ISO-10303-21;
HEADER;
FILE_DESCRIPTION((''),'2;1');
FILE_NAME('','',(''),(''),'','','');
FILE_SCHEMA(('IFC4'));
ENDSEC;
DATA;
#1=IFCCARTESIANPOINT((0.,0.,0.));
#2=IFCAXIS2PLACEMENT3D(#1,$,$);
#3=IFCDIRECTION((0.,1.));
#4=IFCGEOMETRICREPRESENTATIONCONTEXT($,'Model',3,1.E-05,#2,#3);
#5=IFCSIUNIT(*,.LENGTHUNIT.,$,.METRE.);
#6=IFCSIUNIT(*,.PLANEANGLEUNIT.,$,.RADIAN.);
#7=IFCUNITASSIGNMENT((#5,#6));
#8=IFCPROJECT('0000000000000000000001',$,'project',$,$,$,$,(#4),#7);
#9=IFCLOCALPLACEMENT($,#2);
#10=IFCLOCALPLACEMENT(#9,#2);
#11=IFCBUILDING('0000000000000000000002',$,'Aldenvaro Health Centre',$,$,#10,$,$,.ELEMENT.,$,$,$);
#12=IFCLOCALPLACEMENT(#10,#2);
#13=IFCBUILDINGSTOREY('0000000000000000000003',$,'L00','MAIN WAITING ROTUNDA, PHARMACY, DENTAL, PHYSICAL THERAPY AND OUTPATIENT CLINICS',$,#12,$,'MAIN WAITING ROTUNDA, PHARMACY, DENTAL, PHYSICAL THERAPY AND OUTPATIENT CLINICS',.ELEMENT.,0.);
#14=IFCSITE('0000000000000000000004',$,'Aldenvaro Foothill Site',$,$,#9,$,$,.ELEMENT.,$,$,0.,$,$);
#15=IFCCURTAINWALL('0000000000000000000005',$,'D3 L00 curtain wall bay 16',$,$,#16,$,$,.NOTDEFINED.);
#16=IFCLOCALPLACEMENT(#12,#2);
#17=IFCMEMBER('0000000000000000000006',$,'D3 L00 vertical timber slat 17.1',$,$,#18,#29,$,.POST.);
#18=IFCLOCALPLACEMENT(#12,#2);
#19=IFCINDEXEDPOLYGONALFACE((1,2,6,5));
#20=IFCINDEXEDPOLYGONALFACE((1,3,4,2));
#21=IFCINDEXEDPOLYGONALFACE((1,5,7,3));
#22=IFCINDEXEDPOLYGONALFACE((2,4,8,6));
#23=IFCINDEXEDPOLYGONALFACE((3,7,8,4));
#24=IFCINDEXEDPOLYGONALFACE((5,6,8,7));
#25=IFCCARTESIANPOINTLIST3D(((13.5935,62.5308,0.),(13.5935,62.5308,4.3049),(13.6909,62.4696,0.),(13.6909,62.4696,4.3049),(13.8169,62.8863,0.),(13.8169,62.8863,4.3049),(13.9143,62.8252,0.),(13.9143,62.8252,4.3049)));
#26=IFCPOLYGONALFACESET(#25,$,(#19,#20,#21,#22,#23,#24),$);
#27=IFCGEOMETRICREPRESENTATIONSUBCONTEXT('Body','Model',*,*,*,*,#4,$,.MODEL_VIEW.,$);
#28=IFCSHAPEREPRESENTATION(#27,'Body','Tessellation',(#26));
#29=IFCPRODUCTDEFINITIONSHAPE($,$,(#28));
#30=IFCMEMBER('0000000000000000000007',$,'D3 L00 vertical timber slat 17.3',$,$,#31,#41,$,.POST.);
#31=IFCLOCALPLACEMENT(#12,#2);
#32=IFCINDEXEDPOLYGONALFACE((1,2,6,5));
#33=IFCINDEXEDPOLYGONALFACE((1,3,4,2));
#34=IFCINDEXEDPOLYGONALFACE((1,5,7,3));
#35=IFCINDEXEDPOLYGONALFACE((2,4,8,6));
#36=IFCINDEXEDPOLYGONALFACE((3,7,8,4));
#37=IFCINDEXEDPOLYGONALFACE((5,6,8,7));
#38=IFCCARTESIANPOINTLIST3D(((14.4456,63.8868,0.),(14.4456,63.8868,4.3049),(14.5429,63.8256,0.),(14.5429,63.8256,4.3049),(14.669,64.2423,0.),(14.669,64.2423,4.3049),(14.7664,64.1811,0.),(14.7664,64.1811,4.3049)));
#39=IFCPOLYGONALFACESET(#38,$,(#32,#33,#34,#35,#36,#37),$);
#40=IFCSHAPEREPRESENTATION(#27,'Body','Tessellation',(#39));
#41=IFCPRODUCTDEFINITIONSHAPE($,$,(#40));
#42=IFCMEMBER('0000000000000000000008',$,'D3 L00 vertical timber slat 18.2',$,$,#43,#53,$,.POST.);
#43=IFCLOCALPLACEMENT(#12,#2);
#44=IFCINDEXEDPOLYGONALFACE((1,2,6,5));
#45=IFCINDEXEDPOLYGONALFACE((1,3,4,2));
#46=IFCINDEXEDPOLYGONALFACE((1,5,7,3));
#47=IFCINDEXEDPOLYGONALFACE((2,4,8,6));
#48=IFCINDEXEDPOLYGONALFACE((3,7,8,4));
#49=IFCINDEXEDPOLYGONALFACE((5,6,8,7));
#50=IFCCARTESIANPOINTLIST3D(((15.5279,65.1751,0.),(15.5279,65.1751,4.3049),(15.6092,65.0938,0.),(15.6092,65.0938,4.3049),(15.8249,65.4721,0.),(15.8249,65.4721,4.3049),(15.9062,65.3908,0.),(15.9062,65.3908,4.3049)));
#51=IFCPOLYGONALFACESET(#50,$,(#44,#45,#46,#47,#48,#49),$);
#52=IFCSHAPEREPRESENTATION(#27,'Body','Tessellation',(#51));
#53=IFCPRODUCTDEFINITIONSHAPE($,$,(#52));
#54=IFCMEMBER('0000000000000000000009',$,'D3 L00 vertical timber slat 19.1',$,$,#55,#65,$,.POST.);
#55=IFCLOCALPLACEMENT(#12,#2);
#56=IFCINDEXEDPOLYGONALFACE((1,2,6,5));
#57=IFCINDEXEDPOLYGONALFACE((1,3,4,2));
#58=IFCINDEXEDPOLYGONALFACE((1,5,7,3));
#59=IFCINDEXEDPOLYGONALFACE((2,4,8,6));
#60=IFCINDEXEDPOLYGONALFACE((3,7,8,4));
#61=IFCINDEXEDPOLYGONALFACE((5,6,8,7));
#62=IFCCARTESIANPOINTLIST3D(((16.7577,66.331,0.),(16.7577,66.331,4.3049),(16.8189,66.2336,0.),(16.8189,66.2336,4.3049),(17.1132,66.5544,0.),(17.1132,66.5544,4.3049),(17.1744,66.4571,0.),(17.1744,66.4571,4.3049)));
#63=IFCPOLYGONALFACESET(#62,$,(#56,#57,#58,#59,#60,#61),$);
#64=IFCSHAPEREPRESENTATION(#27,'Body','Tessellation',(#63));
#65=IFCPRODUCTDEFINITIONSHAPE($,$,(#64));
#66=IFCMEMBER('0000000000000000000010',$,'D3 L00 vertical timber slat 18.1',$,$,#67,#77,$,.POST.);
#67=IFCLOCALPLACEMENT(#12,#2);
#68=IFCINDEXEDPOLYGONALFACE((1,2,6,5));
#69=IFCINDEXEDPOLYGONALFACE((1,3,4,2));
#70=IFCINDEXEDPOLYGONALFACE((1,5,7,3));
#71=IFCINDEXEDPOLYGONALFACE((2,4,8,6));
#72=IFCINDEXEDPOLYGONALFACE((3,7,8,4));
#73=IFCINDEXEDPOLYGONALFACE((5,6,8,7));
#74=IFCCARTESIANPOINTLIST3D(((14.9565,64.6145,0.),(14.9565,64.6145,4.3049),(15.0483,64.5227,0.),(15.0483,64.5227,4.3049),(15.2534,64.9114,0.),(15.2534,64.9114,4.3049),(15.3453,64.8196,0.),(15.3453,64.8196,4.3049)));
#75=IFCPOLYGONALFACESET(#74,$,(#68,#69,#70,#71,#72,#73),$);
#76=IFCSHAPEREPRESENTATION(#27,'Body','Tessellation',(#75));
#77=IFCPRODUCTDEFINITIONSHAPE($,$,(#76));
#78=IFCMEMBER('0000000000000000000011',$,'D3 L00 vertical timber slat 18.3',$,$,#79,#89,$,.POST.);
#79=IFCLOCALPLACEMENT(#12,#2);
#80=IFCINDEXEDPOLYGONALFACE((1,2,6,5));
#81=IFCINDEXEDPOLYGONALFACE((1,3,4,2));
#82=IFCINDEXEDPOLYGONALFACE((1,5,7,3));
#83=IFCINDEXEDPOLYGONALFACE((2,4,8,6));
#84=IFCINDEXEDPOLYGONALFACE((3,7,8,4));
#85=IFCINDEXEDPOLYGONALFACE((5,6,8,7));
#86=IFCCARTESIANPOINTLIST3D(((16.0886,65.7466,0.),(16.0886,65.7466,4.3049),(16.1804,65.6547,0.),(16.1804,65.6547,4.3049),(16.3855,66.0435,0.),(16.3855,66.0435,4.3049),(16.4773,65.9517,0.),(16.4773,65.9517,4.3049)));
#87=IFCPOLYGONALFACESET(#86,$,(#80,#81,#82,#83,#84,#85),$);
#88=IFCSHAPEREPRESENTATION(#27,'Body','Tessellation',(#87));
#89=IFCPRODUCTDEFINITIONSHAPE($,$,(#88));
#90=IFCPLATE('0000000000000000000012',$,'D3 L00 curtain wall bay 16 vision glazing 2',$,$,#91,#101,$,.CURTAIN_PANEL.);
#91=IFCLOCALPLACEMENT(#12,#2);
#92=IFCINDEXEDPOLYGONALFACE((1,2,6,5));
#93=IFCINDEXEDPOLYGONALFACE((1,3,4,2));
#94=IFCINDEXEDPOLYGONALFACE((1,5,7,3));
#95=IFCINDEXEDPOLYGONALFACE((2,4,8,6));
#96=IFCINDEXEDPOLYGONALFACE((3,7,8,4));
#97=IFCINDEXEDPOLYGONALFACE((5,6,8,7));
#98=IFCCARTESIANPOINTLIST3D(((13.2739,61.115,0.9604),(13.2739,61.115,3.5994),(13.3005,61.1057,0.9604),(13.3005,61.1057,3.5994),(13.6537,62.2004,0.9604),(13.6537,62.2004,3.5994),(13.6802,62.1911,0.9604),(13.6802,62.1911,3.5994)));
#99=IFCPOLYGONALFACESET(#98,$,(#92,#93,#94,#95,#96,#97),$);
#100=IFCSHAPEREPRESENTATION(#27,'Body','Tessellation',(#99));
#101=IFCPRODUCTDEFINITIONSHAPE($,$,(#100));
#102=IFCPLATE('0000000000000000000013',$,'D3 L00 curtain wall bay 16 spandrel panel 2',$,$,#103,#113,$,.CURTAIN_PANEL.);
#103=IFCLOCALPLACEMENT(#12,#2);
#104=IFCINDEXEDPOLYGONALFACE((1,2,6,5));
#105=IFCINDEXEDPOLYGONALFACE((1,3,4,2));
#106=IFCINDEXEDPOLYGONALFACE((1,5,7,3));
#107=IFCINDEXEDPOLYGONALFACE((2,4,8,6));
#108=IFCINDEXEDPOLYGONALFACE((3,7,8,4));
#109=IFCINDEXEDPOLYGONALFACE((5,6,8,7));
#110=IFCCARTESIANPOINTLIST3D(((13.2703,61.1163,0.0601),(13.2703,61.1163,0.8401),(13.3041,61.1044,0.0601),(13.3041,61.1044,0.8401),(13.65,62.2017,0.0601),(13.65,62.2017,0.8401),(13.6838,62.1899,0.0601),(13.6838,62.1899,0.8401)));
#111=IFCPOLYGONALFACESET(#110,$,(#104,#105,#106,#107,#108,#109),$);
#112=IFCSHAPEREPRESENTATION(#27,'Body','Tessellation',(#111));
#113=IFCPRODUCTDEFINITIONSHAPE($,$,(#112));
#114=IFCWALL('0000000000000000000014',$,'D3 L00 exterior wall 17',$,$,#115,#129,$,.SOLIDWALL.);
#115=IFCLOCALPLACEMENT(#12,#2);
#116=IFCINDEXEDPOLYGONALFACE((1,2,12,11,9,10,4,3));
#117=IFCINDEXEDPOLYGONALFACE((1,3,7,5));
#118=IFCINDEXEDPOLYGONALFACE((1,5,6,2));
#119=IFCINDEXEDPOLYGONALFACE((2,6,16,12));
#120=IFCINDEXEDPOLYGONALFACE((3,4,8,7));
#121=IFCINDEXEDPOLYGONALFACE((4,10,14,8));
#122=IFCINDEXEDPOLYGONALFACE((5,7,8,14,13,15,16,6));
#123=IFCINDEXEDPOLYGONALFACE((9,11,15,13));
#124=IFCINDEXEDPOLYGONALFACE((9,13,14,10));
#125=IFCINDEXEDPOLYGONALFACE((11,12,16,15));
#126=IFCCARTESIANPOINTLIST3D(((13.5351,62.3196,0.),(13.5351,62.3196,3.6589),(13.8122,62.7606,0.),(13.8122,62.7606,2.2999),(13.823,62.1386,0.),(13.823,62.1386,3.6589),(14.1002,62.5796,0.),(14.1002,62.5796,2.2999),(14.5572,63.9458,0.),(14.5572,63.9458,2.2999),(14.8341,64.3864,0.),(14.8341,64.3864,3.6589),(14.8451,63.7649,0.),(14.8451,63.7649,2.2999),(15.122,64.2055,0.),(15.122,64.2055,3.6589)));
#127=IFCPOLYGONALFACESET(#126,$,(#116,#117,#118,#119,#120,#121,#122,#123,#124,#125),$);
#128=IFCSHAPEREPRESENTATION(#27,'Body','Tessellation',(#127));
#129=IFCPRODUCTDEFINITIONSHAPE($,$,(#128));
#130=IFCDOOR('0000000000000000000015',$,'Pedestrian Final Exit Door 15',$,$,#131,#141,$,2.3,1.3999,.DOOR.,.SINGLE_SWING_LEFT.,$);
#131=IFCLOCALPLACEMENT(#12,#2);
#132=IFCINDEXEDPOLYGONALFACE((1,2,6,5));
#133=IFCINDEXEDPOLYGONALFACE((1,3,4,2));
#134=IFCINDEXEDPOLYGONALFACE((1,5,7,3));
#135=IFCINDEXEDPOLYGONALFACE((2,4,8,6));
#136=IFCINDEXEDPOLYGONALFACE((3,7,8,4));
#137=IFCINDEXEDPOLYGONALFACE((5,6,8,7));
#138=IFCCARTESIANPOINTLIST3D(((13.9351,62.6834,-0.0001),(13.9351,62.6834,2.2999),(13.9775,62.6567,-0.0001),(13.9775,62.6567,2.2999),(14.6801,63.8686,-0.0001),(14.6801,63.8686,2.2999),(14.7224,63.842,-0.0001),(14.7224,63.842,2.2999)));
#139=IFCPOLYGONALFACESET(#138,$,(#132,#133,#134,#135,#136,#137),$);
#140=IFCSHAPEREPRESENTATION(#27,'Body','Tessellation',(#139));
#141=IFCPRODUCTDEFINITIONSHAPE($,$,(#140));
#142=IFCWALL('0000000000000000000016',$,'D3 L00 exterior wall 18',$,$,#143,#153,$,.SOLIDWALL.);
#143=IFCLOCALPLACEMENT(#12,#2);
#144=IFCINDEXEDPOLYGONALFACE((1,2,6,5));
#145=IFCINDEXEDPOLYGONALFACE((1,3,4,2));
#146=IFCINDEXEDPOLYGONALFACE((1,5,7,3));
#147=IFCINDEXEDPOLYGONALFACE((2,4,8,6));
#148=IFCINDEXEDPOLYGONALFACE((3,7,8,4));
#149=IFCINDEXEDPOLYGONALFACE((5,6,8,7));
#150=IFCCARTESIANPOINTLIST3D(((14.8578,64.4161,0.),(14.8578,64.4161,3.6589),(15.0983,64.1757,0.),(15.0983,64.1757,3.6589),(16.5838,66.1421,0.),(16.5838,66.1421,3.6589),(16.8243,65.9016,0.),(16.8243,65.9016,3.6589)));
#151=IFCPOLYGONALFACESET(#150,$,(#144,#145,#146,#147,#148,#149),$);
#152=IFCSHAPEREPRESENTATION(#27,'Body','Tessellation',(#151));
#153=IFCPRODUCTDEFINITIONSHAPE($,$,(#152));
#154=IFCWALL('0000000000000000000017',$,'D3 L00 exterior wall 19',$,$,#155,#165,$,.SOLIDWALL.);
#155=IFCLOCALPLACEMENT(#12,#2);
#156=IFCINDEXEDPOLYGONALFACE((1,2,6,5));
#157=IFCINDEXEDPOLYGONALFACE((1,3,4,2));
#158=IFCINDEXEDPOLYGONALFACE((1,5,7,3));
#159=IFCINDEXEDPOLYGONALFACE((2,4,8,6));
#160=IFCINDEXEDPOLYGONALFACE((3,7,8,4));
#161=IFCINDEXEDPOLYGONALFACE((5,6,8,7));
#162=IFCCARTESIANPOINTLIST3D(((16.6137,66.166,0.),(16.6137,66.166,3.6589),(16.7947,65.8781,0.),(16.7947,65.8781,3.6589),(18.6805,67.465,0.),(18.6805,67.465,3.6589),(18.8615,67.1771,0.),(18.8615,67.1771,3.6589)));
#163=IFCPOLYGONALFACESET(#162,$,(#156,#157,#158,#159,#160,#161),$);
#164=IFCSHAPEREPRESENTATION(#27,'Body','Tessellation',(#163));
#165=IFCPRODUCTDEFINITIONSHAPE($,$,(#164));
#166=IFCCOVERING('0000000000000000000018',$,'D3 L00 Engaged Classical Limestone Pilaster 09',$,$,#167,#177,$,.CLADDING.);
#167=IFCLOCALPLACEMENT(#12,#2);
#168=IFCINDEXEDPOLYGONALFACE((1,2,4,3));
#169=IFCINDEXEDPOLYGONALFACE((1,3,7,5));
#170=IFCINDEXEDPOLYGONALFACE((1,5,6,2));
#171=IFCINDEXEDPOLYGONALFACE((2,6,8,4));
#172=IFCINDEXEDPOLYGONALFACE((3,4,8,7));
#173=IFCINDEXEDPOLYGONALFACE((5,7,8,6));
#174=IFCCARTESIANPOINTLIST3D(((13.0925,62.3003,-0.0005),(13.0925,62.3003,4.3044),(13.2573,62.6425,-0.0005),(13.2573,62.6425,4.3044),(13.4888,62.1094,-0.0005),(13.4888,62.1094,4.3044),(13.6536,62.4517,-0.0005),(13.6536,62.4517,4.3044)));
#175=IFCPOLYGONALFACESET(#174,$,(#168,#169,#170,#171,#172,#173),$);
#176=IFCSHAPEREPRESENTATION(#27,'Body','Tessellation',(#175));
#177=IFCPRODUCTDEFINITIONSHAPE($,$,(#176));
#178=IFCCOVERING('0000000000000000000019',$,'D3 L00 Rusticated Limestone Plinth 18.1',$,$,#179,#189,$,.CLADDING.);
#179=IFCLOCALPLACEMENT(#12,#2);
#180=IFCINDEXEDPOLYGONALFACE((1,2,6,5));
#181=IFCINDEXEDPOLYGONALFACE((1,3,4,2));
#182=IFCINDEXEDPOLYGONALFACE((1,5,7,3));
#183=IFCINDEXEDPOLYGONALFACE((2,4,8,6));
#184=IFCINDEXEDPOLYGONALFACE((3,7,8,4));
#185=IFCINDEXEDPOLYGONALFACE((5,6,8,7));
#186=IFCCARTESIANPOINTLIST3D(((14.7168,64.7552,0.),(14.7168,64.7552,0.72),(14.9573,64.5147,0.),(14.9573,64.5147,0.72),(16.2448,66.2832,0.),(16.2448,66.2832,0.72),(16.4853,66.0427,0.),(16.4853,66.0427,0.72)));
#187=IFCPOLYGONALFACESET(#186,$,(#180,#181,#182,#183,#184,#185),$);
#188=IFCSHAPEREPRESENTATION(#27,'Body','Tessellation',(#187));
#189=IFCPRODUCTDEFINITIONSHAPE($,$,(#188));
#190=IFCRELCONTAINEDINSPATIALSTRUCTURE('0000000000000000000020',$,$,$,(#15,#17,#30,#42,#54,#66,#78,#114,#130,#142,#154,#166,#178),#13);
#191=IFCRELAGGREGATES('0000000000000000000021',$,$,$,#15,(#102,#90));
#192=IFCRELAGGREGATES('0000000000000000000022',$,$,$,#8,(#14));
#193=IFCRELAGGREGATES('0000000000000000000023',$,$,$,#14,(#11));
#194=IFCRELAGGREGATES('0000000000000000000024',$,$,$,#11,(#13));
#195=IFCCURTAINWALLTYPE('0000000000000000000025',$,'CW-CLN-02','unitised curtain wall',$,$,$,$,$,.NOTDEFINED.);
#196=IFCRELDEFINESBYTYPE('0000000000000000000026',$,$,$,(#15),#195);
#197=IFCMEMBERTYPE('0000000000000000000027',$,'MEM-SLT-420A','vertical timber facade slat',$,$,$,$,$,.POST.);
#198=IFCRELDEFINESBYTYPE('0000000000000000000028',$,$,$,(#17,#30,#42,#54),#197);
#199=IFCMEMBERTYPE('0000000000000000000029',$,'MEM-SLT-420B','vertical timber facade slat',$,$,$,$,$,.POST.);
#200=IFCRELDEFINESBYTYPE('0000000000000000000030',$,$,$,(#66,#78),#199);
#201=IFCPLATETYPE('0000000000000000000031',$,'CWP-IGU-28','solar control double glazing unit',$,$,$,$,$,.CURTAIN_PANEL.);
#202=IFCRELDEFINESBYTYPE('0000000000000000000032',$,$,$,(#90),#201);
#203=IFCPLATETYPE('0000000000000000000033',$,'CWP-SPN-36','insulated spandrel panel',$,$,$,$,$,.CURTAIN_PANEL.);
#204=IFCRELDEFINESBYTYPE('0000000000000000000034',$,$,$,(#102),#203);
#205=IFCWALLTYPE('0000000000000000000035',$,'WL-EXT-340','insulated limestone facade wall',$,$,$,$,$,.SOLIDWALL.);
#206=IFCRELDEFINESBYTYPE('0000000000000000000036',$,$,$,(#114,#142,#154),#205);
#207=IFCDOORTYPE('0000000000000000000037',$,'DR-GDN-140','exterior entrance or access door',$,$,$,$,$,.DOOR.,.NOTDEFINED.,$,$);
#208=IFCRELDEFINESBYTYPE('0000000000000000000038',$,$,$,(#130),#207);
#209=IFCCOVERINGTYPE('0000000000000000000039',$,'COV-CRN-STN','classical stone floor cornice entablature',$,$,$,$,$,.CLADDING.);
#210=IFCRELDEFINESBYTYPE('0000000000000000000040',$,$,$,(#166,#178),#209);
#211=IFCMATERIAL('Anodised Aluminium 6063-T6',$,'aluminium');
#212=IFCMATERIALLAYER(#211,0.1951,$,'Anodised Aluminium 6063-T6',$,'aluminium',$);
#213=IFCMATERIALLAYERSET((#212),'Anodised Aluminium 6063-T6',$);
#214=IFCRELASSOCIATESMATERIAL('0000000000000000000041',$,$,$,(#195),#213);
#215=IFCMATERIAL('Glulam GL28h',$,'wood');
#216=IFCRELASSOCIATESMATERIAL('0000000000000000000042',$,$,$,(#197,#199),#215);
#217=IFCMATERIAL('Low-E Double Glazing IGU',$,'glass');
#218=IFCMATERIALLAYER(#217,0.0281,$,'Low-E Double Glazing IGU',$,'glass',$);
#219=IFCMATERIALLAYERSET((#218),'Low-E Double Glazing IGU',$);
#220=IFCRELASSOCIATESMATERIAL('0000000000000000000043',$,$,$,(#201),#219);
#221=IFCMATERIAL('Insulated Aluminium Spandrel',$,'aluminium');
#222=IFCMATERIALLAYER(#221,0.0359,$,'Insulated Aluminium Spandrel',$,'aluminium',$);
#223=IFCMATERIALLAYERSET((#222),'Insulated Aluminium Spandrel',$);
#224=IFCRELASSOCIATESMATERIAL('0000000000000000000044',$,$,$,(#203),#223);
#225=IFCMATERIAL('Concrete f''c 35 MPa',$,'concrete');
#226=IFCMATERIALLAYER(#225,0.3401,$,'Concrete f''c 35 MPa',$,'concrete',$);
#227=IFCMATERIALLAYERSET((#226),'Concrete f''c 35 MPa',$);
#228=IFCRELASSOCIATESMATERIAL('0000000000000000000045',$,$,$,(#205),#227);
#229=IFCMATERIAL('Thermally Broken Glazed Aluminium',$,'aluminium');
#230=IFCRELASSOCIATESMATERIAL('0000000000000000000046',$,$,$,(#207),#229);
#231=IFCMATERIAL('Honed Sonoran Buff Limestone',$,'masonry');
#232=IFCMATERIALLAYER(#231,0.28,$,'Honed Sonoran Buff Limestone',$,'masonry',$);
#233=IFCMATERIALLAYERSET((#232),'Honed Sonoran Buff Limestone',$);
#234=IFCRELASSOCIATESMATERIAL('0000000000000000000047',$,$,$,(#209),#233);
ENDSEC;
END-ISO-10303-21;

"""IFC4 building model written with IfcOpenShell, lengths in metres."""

from ifc_helpers import new_model, si_unit, direction, frame, frame_2d, origin, origin_2d, place, context, subcontext, project, spatial, rectangle, extrude, material, layer, layer_set, material_profile, profile_set, type_object, element, fill, aggregate, save


model = new_model("IFC4")

# Units and contexts
model_context = context("Model", 3, precision=1e-05, world=origin(), true_north=direction((0.0, 1.0)))
body_context = subcontext(model_context, "Body", "Model", "MODEL_VIEW")
ifc_project = project(units=[si_unit("LENGTHUNIT", "METRE"), si_unit("PLANEANGLEUNIT", "RADIAN")], contexts=[model_context])

# Site, building, storey
site_placement = place(None, origin())
site = spatial("IfcSite", under=ifc_project, at=site_placement, Name="Aldenvaro Foothill Site", CompositionType="ELEMENT", RefElevation=0.0)
building_placement = place(site_placement, origin())
building = spatial("IfcBuilding", under=site, at=building_placement, Name="Aldenvaro Health Centre", CompositionType="ELEMENT")
storey_placement = place(building_placement, origin())
storey = spatial("IfcBuildingStorey", under=building, at=storey_placement, Name="L00", Description="MAIN WAITING ROTUNDA, PHARMACY, DENTAL, PHYSICAL THERAPY AND OUTPATIENT CLINICS", LongName="MAIN WAITING ROTUNDA, PHARMACY, DENTAL, PHYSICAL THERAPY AND OUTPATIENT CLINICS", CompositionType="ELEMENT", Elevation=0.0)

# Shared definitions
ifc_material_1 = material(Name="Glulam GL28h", Category="wood")

# Curtain wall
ifc_material_2 = material(Name="Anodised Aluminium 6063-T6", Category="aluminium")
ifc_layer_1 = layer(ifc_material_2, 0.1951, Name="Anodised Aluminium 6063-T6", Category="aluminium")
ifc_layer_set_1 = layer_set([ifc_layer_1], Name="Anodised Aluminium 6063-T6")
curtain_wall_type = type_object("IfcCurtainWallType", Name="CW-CLN-02", Description="unitised curtain wall", PredefinedType="NOTDEFINED", material=ifc_layer_set_1)
curtain_wall_placement = place(storey_placement, origin())
curtain_wall = element("IfcCurtainWall", 1, at=curtain_wall_placement, inside=storey, type_object=curtain_wall_type, Name="D3 L00 curtain wall bay 16", PredefinedType="NOTDEFINED")

# Members
ifc_material_profile_1 = material_profile(ifc_material_1, rectangle(XDim=0.115, YDim=0.4199, at=origin_2d()), Name="GL 115x420", Category="wood")
ifc_profile_set_1 = profile_set([ifc_material_profile_1], Name="Glulam GL28h")
member_type_1 = type_object("IfcMemberType", Name="MEM-SLT-420A", Description="vertical timber facade slat", PredefinedType="POST", material=ifc_profile_set_1)
for number, where, z_axis, x_axis, name in (
    (2, (13.7539, 62.678, 0.0), (0.0, 0.0, 1.0), (-0.846684, 0.532096, 0.0), "D3 L00 vertical timber slat 17.1"),
    (3, (14.606, 64.0339, 0.0), (0.0, 0.0, 1.0), (-0.846684, 0.532096, 0.0), "D3 L00 vertical timber slat 17.3"),
    (4, (15.717, 65.283, 0.0), (0.0, 0.0, 1.0), (-0.707107, 0.707107, 0.0), "D3 L00 vertical timber slat 18.2"),
    (5, (16.9661, 66.394, 0.0), (0.0, 0.0, 1.0), (-0.532096, 0.846684, 0.0), "D3 L00 vertical timber slat 19.1"),
):
    element("IfcMember", number, at=place(storey_placement, frame(where, z_axis=z_axis, x_axis=x_axis)), inside=storey, type_object=member_type_1, Name=name, PredefinedType="POST", context=body_context, shape_type="SweptSolid", body=[
        extrude(rectangle(XDim=0.115, YDim=0.4199, at=origin_2d()), origin(), (0.0, 0.0, 1.0), 4.3049),
    ])
ifc_material_profile_2 = material_profile(ifc_material_1, rectangle(XDim=0.1299, YDim=0.4199, at=origin_2d()), Name="GL 130x420", Category="wood")
ifc_profile_set_2 = profile_set([ifc_material_profile_2], Name="Glulam GL28h")
member_type_2 = type_object("IfcMemberType", Name="MEM-SLT-420B", Description="vertical timber facade slat", PredefinedType="POST", material=ifc_profile_set_2)
for number, where, z_axis, x_axis, name in (
    (6, (15.1509, 64.717, 0.0), (0.0, 0.0, 1.0), (-0.707107, 0.707107, 0.0), "D3 L00 vertical timber slat 18.1"),
    (7, (16.283, 65.8491, 0.0), (0.0, 0.0, 1.0), (-0.707107, 0.707107, 0.0), "D3 L00 vertical timber slat 18.3"),
):
    element("IfcMember", number, at=place(storey_placement, frame(where, z_axis=z_axis, x_axis=x_axis)), inside=storey, type_object=member_type_2, Name=name, PredefinedType="POST", context=body_context, shape_type="SweptSolid", body=[
        extrude(rectangle(XDim=0.1299, YDim=0.4199, at=origin_2d()), origin(), (0.0, 0.0, 1.0), 4.3049),
    ])

# Plates
ifc_material_3 = material(Name="Low-E Double Glazing IGU", Category="glass")
ifc_layer_2 = layer(ifc_material_3, 0.0281, Name="Low-E Double Glazing IGU", Category="glass")
ifc_layer_set_2 = layer_set([ifc_layer_2], Name="Low-E Double Glazing IGU")
plate_type_1 = type_object("IfcPlateType", Name="CWP-IGU-28", Description="solar control double glazing unit", PredefinedType="CURTAIN_PANEL", material=ifc_layer_set_2)
plate_1_placement = place(storey_placement, frame((13.4771, 61.6531, 0.9604), z_axis=(0.0, 0.0, 1.0), x_axis=(0.330204, 0.943909, 0.0)))
plate_1 = element("IfcPlate", 8, at=plate_1_placement, type_object=plate_type_1, Name="D3 L00 curtain wall bay 16 vision glazing 2", PredefinedType="CURTAIN_PANEL", context=body_context, shape_type="SweptSolid", body=[
    extrude(rectangle(XDim=1.1499, YDim=0.0281, at=origin_2d()), origin(), (0.0, 0.0, 1.0), 2.6389),
])
ifc_material_4 = material(Name="Insulated Aluminium Spandrel", Category="aluminium")
ifc_layer_3 = layer(ifc_material_4, 0.0359, Name="Insulated Aluminium Spandrel", Category="aluminium")
ifc_layer_set_3 = layer_set([ifc_layer_3], Name="Insulated Aluminium Spandrel")
plate_type_2 = type_object("IfcPlateType", Name="CWP-SPN-36", Description="insulated spandrel panel", PredefinedType="CURTAIN_PANEL", material=ifc_layer_set_3)
plate_2_placement = place(storey_placement, frame((13.4771, 61.6531, 0.0601), z_axis=(0.0, 0.0, 1.0), x_axis=(0.330204, 0.943909, 0.0)))
plate_2 = element("IfcPlate", 9, at=plate_2_placement, type_object=plate_type_2, Name="D3 L00 curtain wall bay 16 spandrel panel 2", PredefinedType="CURTAIN_PANEL", context=body_context, shape_type="SweptSolid", body=[
    extrude(rectangle(XDim=1.1499, YDim=0.0359, at=origin_2d()), origin(), (0.0, 0.0, 1.0), 0.78),
])
aggregate(curtain_wall, [plate_2, plate_1])

# Wall, opening, door
ifc_material_5 = material(Name="Concrete f'c 35 MPa", Category="concrete")
ifc_layer_4 = layer(ifc_material_5, 0.3401, Name="Concrete f'c 35 MPa", Category="concrete")
ifc_layer_set_4 = layer_set([ifc_layer_4], Name="Concrete f'c 35 MPa")
wall_type = type_object("IfcWallType", Name="WL-EXT-340", Description="insulated limestone facade wall", PredefinedType="SOLIDWALL", material=ifc_layer_set_4)
wall_1_placement = place(storey_placement, frame((13.679, 62.229, 0.0), z_axis=(0.0, 0.0, 1.0), x_axis=(0.532137, 0.846658, 0.0)))
wall_1 = element("IfcWall", 10, at=wall_1_placement, inside=storey, type_object=wall_type, Name="D3 L00 exterior wall 17", PredefinedType="SOLIDWALL", context=body_context, shape_type="SweptSolid", body=[
    extrude(rectangle(XDim=2.4412, YDim=0.3401, at=frame_2d((1.2207, 0.0))), origin(), (0.0, 0.0, 1.0), 3.6589),
])
opening_placement = place(wall_1_placement, frame((0.521, 0.0, 0.0)))
opening = element("IfcOpeningElement", 11, at=opening_placement, cuts=wall_1, PredefinedType="OPENING", context=body_context, shape_type="SweptSolid", body=[
    extrude(rectangle(XDim=1.3999, YDim=2.3, at=frame_2d((0.7, 1.1499))), frame((0.0, 0.1802, 0.0), z_axis=(0.0, -1.0, 0.0), x_axis=(1.0, 0.0, 0.0)), (0.0, 0.0, 1.0), 0.3601),
])
ifc_material_6 = material(Name="Thermally Broken Glazed Aluminium", Category="aluminium")
door_type = type_object("IfcDoorType", Name="DR-GDN-140", Description="exterior entrance or access door", OperationType="NOTDEFINED", PredefinedType="DOOR", material=ifc_material_6)
door_placement = place(opening_placement, origin())
door = element("IfcDoor", 12, at=door_placement, inside=storey, type_object=door_type, Name="Pedestrian Final Exit Door 15", OperationType="SINGLE_SWING_LEFT", OverallHeight=2.3, OverallWidth=1.3999, PredefinedType="DOOR", context=body_context, shape_type="SweptSolid", body=[
    extrude(rectangle(XDim=1.3999, YDim=2.3, at=frame_2d((0.7, 1.1499))), frame((0.0, 0.0249, 0.0), z_axis=(0.0, -1.0, 0.0), x_axis=(1.0, 0.0, 0.0)), (0.0, 0.0, 1.0), 0.05),
])
fill(opening, door)

# Walls
wall_2_placement = place(storey_placement, frame((14.978, 64.2959, 0.0), z_axis=(0.0, 0.0, 1.0), x_axis=(0.707107, 0.707107, 0.0)))
element("IfcWall", 13, at=wall_2_placement, inside=storey, type_object=wall_type, Name="D3 L00 exterior wall 18", PredefinedType="SOLIDWALL", context=body_context, shape_type="SweptSolid", body=[
    extrude(rectangle(XDim=2.4409, YDim=0.3401, at=frame_2d((1.2205, 0.0))), origin(), (0.0, 0.0, 1.0), 3.6589),
])
wall_3_placement = place(storey_placement, frame((16.7041, 66.022, 0.0), z_axis=(0.0, 0.0, 1.0), x_axis=(0.846658, 0.532137, 0.0)))
element("IfcWall", 14, at=wall_3_placement, inside=storey, type_object=wall_type, Name="D3 L00 exterior wall 19", PredefinedType="SOLIDWALL", context=body_context, shape_type="SweptSolid", body=[
    extrude(rectangle(XDim=2.4412, YDim=0.3401, at=frame_2d((1.2207, 0.0))), origin(), (0.0, 0.0, 1.0), 3.6589),
])

# Coverings
ifc_material_7 = material(Name="Honed Sonoran Buff Limestone", Category="masonry")
ifc_layer_5 = layer(ifc_material_7, 0.28, Name="Honed Sonoran Buff Limestone", Category="masonry")
ifc_layer_set_5 = layer_set([ifc_layer_5], Name="Honed Sonoran Buff Limestone")
covering_type = type_object("IfcCoveringType", Name="COV-CRN-STN", Description="classical stone floor cornice entablature", PredefinedType="CLADDING", material=ifc_layer_set_5)
covering_1_placement = place(storey_placement, frame((13.373, 62.376, -0.0005), z_axis=(0.0, 0.0, 1.0), x_axis=(-0.900988, 0.433843, 0.0)))
element("IfcCovering", 15, at=covering_1_placement, inside=storey, type_object=covering_type, Name="D3 L00 Engaged Classical Limestone Pilaster 09", PredefinedType="CLADDING", context=body_context, shape_type="SweptSolid", body=[
    extrude(rectangle(XDim=0.4399, YDim=0.3799, at=origin_2d()), origin(), (0.0, 0.0, 1.0), 4.3049),
])
covering_2_placement = place(storey_placement, frame((15.6011, 65.3989, 0.0), z_axis=(0.0, 0.0, 1.0), x_axis=(0.707107, 0.707107, 0.0)))
element("IfcCovering", 16, at=covering_2_placement, inside=storey, type_object=covering_type, Name="D3 L00 Rusticated Limestone Plinth 18.1", PredefinedType="CLADDING", context=body_context, shape_type="SweptSolid", body=[
    extrude(rectangle(XDim=2.1609, YDim=0.3401, at=origin_2d()), origin(), (0.0, 0.0, 1.0), 0.72),
])

save(model, "model.ifc")
